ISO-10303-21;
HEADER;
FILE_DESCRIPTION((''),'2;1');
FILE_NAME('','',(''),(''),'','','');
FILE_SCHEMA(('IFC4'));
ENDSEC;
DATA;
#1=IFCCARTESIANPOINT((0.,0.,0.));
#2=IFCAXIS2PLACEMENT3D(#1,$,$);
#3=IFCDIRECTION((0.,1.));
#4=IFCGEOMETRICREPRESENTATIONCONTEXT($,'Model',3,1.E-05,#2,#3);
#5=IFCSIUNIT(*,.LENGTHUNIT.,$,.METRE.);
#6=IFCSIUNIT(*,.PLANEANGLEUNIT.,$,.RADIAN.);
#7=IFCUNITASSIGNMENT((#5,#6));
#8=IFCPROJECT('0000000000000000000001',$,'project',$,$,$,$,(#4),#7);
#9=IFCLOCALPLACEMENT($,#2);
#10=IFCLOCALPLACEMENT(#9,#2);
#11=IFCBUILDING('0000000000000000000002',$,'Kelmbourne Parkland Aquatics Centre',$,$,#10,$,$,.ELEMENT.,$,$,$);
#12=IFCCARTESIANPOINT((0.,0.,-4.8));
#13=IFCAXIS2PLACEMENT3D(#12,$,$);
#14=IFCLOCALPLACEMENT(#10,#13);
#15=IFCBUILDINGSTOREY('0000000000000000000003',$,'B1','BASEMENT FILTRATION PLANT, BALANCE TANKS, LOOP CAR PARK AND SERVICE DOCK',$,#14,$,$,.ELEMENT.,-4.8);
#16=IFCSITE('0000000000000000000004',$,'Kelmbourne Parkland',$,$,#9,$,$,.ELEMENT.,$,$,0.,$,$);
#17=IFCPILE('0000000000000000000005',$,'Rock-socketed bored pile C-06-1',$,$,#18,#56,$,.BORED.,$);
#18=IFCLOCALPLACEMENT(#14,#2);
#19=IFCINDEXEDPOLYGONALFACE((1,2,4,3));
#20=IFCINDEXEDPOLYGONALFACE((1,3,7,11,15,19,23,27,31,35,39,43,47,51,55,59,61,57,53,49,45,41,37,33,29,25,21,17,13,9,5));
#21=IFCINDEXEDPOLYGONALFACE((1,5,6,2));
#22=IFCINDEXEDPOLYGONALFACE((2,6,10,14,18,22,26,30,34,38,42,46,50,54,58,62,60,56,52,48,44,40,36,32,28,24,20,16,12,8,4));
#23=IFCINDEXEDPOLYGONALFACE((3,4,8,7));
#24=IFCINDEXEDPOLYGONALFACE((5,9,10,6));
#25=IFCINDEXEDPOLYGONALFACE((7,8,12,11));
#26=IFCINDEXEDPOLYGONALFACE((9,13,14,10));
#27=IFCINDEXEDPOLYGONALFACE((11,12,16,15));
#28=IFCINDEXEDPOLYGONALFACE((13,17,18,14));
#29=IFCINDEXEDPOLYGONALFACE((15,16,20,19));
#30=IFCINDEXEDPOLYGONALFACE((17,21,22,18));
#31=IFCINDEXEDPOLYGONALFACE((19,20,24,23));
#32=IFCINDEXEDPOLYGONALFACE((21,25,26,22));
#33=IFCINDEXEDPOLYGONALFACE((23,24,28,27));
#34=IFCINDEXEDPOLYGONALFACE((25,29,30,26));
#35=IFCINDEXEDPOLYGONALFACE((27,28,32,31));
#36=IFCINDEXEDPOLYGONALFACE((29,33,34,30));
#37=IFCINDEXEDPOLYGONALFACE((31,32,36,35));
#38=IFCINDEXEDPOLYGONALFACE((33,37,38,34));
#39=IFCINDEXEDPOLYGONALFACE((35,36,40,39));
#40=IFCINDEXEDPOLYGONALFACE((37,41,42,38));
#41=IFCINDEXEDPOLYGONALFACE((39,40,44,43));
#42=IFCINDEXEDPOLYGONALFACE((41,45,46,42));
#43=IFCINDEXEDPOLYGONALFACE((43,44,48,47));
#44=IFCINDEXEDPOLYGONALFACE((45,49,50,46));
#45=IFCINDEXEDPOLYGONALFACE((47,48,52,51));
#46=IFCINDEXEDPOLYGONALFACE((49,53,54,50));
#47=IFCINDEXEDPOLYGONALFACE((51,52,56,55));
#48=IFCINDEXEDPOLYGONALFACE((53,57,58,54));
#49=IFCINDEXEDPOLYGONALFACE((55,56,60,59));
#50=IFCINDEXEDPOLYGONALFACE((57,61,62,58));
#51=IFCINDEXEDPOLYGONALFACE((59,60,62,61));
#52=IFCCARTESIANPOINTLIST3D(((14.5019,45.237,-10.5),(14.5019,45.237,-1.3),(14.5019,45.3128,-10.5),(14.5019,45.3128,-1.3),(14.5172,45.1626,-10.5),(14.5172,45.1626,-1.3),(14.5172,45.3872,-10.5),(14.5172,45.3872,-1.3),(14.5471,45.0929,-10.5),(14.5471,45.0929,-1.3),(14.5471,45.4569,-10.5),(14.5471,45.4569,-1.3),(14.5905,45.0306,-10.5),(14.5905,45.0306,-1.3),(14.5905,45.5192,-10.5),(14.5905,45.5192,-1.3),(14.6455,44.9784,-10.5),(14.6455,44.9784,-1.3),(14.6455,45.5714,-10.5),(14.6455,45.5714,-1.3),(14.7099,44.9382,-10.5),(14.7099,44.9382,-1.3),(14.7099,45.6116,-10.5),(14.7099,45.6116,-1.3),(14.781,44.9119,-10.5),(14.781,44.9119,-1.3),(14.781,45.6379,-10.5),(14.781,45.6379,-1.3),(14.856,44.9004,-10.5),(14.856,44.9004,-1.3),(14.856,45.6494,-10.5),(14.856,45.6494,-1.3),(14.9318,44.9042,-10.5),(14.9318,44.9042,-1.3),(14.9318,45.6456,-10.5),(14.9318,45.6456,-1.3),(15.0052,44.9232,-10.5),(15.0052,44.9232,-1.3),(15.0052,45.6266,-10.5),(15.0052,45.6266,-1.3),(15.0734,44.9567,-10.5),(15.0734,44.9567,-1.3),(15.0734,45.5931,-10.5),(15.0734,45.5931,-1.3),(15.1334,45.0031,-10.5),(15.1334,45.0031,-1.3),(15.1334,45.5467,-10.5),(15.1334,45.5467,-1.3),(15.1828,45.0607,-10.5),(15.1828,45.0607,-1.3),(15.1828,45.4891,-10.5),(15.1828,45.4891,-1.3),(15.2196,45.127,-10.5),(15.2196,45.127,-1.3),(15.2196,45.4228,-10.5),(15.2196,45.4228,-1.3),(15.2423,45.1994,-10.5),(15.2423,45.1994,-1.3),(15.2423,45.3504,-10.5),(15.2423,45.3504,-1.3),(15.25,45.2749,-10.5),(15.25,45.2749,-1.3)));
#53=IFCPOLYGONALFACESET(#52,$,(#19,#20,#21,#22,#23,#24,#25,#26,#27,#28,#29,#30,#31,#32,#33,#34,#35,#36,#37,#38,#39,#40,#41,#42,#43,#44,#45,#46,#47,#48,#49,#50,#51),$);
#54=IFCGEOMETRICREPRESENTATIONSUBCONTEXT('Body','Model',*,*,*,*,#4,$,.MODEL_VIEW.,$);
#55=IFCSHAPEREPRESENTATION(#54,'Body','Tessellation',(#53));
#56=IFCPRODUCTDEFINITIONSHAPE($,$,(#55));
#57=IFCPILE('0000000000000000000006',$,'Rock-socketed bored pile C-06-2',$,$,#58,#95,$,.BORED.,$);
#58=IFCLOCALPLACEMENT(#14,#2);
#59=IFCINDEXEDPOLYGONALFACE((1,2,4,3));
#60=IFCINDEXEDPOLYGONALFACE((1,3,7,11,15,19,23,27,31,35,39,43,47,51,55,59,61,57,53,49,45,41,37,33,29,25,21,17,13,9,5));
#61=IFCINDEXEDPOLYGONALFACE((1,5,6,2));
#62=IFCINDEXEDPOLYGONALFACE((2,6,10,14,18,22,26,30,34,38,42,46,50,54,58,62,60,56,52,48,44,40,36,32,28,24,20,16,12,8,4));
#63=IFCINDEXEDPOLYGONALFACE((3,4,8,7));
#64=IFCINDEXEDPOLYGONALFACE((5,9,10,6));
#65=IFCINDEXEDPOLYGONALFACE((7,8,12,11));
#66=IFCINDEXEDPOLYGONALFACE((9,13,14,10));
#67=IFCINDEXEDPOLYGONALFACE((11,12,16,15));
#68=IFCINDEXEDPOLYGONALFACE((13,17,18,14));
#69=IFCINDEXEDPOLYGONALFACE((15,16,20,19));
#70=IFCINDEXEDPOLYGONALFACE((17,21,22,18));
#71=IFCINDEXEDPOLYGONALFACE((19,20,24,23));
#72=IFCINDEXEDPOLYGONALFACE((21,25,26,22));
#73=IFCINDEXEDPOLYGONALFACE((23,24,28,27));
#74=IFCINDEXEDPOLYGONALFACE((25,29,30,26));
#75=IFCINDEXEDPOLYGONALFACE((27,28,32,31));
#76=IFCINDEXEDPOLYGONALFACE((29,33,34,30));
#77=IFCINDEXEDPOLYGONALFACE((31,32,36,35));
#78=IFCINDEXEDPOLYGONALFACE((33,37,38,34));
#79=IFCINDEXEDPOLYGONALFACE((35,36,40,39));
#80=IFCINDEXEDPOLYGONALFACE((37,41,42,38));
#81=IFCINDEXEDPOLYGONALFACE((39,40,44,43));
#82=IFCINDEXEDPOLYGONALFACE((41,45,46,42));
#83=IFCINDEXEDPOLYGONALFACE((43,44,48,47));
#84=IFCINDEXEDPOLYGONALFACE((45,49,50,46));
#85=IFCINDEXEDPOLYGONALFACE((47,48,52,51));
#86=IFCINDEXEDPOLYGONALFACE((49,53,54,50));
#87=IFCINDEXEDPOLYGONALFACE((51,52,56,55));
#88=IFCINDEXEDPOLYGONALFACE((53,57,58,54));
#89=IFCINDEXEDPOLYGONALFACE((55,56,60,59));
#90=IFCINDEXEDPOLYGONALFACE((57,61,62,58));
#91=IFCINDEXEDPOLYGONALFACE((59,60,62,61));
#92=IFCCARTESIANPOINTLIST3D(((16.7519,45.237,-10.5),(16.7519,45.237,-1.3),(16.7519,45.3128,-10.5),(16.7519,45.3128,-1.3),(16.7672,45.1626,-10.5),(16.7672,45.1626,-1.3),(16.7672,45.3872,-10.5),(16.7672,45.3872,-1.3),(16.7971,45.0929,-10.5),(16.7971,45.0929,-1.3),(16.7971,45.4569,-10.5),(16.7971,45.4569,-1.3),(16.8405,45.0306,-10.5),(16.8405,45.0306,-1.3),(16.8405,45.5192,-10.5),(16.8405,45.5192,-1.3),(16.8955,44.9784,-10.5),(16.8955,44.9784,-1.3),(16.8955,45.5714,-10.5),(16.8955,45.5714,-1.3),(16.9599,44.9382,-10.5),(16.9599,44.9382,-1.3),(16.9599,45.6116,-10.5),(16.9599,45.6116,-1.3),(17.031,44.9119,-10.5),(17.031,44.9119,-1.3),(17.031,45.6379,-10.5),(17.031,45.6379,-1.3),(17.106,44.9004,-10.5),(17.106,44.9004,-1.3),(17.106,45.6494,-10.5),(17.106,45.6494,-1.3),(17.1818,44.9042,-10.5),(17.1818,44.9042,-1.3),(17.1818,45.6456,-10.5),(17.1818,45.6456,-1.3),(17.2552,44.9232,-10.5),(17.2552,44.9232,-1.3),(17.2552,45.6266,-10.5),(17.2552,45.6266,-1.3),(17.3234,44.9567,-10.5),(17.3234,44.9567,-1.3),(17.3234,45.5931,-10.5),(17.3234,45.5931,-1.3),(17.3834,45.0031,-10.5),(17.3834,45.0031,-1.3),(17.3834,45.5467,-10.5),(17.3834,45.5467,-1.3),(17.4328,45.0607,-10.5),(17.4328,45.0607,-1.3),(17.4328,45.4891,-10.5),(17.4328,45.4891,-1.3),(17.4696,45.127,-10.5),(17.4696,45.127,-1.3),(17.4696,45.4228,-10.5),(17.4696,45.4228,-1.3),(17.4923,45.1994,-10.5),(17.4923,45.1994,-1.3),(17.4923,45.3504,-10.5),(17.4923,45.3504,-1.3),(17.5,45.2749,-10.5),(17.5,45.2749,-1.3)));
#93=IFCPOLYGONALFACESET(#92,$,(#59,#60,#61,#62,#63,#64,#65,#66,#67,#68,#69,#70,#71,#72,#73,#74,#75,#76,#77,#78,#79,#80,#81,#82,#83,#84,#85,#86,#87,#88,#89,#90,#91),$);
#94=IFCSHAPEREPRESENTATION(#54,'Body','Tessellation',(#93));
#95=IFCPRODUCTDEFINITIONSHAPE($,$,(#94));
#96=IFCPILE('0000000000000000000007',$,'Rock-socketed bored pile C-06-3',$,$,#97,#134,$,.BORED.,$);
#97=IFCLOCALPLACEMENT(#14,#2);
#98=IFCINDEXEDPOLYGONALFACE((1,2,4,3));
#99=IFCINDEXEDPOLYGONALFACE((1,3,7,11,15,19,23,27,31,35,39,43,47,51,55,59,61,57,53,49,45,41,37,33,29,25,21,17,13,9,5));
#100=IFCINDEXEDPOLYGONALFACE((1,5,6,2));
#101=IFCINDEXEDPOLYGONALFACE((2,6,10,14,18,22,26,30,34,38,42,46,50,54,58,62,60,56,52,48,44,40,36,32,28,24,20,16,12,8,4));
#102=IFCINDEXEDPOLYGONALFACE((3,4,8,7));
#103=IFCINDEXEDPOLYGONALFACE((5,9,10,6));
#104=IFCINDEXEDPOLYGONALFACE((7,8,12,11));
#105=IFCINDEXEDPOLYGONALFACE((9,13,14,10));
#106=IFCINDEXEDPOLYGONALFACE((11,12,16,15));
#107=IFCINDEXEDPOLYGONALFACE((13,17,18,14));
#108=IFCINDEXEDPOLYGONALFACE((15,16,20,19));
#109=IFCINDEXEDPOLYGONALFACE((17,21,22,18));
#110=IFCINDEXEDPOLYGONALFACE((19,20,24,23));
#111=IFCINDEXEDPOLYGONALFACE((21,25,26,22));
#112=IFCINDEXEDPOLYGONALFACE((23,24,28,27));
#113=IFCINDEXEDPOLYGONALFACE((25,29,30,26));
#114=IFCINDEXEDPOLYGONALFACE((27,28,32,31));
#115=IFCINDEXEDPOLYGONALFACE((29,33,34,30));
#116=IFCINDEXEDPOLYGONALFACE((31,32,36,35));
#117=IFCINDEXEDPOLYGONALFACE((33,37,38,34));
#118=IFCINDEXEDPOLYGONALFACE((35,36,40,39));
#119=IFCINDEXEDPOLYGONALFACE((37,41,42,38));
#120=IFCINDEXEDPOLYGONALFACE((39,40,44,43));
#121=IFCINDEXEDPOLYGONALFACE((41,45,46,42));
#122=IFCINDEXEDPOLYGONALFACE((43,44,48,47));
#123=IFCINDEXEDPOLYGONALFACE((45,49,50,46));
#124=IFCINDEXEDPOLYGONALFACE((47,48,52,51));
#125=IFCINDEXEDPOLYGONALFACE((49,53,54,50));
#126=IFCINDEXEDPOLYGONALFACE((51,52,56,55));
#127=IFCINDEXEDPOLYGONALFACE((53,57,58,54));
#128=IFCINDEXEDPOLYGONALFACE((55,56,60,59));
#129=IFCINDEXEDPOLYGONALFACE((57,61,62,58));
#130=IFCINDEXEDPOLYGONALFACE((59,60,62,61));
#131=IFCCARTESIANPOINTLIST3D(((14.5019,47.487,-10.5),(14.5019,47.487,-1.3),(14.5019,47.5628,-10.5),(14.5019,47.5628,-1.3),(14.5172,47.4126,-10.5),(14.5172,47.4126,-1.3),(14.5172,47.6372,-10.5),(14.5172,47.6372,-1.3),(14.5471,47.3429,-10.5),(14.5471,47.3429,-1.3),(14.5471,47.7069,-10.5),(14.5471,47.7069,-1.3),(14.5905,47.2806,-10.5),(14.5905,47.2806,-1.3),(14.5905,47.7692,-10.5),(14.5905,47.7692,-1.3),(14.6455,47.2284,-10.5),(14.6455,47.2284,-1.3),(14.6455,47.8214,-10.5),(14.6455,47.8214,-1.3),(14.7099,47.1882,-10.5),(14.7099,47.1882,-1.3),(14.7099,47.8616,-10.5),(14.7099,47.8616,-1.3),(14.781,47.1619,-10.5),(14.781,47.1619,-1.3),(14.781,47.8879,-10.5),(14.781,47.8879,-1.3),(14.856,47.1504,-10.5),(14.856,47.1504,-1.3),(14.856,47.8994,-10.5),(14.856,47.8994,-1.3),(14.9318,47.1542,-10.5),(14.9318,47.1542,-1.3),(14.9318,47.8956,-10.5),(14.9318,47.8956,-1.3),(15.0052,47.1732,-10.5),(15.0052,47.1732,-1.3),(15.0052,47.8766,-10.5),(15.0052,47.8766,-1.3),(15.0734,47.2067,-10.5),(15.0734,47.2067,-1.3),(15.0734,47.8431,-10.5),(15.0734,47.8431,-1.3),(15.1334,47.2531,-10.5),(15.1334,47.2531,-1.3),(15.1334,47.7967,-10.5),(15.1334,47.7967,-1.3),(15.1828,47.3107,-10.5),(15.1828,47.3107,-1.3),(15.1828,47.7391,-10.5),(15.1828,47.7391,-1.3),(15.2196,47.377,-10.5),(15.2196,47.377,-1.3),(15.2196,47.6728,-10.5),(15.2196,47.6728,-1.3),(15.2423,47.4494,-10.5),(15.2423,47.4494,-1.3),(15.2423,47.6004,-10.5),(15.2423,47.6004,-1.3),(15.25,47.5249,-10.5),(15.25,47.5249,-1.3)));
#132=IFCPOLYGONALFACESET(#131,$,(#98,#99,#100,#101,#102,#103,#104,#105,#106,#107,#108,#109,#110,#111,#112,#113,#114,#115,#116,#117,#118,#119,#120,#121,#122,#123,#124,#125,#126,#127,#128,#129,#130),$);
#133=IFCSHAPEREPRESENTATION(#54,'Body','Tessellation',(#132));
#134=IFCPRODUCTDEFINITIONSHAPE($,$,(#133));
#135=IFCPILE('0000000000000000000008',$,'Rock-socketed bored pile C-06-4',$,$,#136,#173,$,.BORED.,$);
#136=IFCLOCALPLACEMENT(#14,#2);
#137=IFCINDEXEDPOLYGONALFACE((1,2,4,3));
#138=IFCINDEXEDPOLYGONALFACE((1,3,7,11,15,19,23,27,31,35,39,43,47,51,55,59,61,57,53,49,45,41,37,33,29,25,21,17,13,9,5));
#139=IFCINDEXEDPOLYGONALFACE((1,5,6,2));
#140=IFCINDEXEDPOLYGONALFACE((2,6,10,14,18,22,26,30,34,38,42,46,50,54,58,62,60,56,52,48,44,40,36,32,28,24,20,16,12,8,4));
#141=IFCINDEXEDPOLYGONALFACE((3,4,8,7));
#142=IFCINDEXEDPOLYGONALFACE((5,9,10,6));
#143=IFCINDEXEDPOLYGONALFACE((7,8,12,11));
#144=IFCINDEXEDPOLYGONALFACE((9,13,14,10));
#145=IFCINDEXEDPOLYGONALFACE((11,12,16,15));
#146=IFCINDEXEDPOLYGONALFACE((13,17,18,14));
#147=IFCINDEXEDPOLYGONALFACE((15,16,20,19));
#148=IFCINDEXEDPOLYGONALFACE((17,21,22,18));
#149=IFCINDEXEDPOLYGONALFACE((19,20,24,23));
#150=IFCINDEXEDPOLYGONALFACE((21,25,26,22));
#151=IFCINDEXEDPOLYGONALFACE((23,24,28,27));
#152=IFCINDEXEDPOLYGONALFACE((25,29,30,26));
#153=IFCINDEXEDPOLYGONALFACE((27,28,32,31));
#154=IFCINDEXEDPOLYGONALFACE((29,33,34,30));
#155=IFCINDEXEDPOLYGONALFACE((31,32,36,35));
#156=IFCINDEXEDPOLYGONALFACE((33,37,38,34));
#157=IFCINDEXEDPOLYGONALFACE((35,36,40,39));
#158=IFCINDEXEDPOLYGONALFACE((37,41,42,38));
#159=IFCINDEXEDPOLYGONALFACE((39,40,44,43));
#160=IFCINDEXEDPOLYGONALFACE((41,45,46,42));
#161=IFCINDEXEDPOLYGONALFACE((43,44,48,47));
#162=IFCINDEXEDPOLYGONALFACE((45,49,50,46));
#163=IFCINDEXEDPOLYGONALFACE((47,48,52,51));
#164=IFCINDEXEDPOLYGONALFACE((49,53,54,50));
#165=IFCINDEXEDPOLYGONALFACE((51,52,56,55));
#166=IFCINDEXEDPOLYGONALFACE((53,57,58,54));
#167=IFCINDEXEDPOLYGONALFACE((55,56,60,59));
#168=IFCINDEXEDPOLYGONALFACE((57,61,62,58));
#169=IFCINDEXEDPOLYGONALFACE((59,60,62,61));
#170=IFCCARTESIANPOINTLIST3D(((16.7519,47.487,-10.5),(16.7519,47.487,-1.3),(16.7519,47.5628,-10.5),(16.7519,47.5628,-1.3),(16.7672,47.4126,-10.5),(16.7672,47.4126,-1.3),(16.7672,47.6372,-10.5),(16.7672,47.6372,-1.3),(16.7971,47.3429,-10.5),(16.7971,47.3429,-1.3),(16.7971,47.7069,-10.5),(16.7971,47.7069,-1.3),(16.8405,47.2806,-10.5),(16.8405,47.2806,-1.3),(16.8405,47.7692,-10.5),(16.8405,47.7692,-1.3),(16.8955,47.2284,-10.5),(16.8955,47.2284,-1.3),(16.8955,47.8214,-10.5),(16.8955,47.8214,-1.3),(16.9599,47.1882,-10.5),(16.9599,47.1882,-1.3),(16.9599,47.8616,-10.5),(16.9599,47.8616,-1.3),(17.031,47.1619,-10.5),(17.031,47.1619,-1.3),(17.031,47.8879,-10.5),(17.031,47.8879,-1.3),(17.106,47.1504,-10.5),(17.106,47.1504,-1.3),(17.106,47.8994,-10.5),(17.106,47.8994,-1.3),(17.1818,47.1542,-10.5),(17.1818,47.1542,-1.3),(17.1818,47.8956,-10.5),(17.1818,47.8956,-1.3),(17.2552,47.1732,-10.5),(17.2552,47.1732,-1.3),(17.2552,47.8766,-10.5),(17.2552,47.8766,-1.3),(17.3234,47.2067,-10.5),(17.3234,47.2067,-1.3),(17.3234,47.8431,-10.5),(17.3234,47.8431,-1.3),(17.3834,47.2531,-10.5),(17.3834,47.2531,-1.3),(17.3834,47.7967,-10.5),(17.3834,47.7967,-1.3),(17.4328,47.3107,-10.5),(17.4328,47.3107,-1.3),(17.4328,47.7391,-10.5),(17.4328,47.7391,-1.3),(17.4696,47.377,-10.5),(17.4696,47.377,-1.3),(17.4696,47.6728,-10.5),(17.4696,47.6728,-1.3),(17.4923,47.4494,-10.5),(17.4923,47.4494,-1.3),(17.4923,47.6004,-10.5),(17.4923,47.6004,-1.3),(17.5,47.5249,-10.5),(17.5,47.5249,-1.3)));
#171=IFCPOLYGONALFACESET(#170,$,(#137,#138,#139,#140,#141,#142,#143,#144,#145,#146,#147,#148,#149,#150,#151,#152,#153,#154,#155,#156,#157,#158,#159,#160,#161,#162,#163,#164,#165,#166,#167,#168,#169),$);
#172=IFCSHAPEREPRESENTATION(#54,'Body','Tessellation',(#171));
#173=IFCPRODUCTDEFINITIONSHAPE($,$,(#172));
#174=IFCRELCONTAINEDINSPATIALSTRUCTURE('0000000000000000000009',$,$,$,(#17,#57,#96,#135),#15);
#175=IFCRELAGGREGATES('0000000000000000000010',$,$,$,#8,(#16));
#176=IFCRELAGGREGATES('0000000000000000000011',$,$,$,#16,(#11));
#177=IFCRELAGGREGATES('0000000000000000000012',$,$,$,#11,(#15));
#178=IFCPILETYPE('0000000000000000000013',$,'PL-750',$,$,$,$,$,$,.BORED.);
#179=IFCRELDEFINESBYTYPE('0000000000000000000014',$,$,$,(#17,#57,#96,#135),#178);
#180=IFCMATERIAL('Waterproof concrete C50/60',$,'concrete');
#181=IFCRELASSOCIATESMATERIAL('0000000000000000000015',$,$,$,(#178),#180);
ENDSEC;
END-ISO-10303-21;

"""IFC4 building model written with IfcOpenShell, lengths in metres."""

from ifc_helpers import new_model, si_unit, direction, frame, origin, origin_2d, place, context, subcontext, project, spatial, circle, extrude, material, material_profile, profile_set, type_object, element, save


model = new_model("IFC4")

# Units and contexts
model_context = context("Model", 3, precision=1e-05, world=origin(), true_north=direction((0.0, 1.0)))
body_context = subcontext(model_context, "Body", "Model", "MODEL_VIEW")
ifc_project = project(units=[si_unit("LENGTHUNIT", "METRE"), si_unit("PLANEANGLEUNIT", "RADIAN")], contexts=[model_context])

# Site, building, storey
site_placement = place(None, origin())
site = spatial("IfcSite", under=ifc_project, at=site_placement, Name="Kelmbourne Parkland", CompositionType="ELEMENT", RefElevation=0.0)
building_placement = place(site_placement, origin())
building = spatial("IfcBuilding", under=site, at=building_placement, Name="Kelmbourne Parkland Aquatics Centre", CompositionType="ELEMENT")
storey_placement = place(building_placement, frame((0.0, 0.0, -4.8)))
storey = spatial("IfcBuildingStorey", under=building, at=storey_placement, Name="B1", Description="BASEMENT FILTRATION PLANT, BALANCE TANKS, LOOP CAR PARK AND SERVICE DOCK", CompositionType="ELEMENT", Elevation=-4.8)

# Shared definitions
ifc_material_1 = material(Name="Waterproof concrete C50/60", Category="concrete")

# Piles
ifc_material_profile_1 = material_profile(ifc_material_1, circle(Radius=0.375, at=origin_2d()), Name="PILE D750")
ifc_profile_set_1 = profile_set([ifc_material_profile_1], Name="Waterproof concrete C50/60")
pile_type_1 = type_object("IfcPileType", Name="PL-750", PredefinedType="BORED", material=ifc_profile_set_1)
for number, where, z_axis, x_axis, name in (
    (1, (14.875, 45.2749, -1.3), (0.0, 0.0, -1.0), (1.0, 0.0, 0.0), "Rock-socketed bored pile C-06-1"),
    (2, (17.125, 45.2749, -1.3), (0.0, 0.0, -1.0), (1.0, 0.0, 0.0), "Rock-socketed bored pile C-06-2"),
    (3, (14.875, 47.5249, -1.3), (0.0, 0.0, -1.0), (1.0, 0.0, 0.0), "Rock-socketed bored pile C-06-3"),
    (4, (17.125, 47.5249, -1.3), (0.0, 0.0, -1.0), (1.0, 0.0, 0.0), "Rock-socketed bored pile C-06-4"),
):
    element("IfcPile", number, at=place(storey_placement, frame(where, z_axis=z_axis, x_axis=x_axis)), inside=storey, type_object=pile_type_1, Name=name, PredefinedType="BORED", context=body_context, shape_type="SweptSolid", body=[
        extrude(circle(Radius=0.375, at=origin_2d()), origin(), (0.0, 0.0, 1.0), 9.2),
    ])

save(model, "model.ifc")
